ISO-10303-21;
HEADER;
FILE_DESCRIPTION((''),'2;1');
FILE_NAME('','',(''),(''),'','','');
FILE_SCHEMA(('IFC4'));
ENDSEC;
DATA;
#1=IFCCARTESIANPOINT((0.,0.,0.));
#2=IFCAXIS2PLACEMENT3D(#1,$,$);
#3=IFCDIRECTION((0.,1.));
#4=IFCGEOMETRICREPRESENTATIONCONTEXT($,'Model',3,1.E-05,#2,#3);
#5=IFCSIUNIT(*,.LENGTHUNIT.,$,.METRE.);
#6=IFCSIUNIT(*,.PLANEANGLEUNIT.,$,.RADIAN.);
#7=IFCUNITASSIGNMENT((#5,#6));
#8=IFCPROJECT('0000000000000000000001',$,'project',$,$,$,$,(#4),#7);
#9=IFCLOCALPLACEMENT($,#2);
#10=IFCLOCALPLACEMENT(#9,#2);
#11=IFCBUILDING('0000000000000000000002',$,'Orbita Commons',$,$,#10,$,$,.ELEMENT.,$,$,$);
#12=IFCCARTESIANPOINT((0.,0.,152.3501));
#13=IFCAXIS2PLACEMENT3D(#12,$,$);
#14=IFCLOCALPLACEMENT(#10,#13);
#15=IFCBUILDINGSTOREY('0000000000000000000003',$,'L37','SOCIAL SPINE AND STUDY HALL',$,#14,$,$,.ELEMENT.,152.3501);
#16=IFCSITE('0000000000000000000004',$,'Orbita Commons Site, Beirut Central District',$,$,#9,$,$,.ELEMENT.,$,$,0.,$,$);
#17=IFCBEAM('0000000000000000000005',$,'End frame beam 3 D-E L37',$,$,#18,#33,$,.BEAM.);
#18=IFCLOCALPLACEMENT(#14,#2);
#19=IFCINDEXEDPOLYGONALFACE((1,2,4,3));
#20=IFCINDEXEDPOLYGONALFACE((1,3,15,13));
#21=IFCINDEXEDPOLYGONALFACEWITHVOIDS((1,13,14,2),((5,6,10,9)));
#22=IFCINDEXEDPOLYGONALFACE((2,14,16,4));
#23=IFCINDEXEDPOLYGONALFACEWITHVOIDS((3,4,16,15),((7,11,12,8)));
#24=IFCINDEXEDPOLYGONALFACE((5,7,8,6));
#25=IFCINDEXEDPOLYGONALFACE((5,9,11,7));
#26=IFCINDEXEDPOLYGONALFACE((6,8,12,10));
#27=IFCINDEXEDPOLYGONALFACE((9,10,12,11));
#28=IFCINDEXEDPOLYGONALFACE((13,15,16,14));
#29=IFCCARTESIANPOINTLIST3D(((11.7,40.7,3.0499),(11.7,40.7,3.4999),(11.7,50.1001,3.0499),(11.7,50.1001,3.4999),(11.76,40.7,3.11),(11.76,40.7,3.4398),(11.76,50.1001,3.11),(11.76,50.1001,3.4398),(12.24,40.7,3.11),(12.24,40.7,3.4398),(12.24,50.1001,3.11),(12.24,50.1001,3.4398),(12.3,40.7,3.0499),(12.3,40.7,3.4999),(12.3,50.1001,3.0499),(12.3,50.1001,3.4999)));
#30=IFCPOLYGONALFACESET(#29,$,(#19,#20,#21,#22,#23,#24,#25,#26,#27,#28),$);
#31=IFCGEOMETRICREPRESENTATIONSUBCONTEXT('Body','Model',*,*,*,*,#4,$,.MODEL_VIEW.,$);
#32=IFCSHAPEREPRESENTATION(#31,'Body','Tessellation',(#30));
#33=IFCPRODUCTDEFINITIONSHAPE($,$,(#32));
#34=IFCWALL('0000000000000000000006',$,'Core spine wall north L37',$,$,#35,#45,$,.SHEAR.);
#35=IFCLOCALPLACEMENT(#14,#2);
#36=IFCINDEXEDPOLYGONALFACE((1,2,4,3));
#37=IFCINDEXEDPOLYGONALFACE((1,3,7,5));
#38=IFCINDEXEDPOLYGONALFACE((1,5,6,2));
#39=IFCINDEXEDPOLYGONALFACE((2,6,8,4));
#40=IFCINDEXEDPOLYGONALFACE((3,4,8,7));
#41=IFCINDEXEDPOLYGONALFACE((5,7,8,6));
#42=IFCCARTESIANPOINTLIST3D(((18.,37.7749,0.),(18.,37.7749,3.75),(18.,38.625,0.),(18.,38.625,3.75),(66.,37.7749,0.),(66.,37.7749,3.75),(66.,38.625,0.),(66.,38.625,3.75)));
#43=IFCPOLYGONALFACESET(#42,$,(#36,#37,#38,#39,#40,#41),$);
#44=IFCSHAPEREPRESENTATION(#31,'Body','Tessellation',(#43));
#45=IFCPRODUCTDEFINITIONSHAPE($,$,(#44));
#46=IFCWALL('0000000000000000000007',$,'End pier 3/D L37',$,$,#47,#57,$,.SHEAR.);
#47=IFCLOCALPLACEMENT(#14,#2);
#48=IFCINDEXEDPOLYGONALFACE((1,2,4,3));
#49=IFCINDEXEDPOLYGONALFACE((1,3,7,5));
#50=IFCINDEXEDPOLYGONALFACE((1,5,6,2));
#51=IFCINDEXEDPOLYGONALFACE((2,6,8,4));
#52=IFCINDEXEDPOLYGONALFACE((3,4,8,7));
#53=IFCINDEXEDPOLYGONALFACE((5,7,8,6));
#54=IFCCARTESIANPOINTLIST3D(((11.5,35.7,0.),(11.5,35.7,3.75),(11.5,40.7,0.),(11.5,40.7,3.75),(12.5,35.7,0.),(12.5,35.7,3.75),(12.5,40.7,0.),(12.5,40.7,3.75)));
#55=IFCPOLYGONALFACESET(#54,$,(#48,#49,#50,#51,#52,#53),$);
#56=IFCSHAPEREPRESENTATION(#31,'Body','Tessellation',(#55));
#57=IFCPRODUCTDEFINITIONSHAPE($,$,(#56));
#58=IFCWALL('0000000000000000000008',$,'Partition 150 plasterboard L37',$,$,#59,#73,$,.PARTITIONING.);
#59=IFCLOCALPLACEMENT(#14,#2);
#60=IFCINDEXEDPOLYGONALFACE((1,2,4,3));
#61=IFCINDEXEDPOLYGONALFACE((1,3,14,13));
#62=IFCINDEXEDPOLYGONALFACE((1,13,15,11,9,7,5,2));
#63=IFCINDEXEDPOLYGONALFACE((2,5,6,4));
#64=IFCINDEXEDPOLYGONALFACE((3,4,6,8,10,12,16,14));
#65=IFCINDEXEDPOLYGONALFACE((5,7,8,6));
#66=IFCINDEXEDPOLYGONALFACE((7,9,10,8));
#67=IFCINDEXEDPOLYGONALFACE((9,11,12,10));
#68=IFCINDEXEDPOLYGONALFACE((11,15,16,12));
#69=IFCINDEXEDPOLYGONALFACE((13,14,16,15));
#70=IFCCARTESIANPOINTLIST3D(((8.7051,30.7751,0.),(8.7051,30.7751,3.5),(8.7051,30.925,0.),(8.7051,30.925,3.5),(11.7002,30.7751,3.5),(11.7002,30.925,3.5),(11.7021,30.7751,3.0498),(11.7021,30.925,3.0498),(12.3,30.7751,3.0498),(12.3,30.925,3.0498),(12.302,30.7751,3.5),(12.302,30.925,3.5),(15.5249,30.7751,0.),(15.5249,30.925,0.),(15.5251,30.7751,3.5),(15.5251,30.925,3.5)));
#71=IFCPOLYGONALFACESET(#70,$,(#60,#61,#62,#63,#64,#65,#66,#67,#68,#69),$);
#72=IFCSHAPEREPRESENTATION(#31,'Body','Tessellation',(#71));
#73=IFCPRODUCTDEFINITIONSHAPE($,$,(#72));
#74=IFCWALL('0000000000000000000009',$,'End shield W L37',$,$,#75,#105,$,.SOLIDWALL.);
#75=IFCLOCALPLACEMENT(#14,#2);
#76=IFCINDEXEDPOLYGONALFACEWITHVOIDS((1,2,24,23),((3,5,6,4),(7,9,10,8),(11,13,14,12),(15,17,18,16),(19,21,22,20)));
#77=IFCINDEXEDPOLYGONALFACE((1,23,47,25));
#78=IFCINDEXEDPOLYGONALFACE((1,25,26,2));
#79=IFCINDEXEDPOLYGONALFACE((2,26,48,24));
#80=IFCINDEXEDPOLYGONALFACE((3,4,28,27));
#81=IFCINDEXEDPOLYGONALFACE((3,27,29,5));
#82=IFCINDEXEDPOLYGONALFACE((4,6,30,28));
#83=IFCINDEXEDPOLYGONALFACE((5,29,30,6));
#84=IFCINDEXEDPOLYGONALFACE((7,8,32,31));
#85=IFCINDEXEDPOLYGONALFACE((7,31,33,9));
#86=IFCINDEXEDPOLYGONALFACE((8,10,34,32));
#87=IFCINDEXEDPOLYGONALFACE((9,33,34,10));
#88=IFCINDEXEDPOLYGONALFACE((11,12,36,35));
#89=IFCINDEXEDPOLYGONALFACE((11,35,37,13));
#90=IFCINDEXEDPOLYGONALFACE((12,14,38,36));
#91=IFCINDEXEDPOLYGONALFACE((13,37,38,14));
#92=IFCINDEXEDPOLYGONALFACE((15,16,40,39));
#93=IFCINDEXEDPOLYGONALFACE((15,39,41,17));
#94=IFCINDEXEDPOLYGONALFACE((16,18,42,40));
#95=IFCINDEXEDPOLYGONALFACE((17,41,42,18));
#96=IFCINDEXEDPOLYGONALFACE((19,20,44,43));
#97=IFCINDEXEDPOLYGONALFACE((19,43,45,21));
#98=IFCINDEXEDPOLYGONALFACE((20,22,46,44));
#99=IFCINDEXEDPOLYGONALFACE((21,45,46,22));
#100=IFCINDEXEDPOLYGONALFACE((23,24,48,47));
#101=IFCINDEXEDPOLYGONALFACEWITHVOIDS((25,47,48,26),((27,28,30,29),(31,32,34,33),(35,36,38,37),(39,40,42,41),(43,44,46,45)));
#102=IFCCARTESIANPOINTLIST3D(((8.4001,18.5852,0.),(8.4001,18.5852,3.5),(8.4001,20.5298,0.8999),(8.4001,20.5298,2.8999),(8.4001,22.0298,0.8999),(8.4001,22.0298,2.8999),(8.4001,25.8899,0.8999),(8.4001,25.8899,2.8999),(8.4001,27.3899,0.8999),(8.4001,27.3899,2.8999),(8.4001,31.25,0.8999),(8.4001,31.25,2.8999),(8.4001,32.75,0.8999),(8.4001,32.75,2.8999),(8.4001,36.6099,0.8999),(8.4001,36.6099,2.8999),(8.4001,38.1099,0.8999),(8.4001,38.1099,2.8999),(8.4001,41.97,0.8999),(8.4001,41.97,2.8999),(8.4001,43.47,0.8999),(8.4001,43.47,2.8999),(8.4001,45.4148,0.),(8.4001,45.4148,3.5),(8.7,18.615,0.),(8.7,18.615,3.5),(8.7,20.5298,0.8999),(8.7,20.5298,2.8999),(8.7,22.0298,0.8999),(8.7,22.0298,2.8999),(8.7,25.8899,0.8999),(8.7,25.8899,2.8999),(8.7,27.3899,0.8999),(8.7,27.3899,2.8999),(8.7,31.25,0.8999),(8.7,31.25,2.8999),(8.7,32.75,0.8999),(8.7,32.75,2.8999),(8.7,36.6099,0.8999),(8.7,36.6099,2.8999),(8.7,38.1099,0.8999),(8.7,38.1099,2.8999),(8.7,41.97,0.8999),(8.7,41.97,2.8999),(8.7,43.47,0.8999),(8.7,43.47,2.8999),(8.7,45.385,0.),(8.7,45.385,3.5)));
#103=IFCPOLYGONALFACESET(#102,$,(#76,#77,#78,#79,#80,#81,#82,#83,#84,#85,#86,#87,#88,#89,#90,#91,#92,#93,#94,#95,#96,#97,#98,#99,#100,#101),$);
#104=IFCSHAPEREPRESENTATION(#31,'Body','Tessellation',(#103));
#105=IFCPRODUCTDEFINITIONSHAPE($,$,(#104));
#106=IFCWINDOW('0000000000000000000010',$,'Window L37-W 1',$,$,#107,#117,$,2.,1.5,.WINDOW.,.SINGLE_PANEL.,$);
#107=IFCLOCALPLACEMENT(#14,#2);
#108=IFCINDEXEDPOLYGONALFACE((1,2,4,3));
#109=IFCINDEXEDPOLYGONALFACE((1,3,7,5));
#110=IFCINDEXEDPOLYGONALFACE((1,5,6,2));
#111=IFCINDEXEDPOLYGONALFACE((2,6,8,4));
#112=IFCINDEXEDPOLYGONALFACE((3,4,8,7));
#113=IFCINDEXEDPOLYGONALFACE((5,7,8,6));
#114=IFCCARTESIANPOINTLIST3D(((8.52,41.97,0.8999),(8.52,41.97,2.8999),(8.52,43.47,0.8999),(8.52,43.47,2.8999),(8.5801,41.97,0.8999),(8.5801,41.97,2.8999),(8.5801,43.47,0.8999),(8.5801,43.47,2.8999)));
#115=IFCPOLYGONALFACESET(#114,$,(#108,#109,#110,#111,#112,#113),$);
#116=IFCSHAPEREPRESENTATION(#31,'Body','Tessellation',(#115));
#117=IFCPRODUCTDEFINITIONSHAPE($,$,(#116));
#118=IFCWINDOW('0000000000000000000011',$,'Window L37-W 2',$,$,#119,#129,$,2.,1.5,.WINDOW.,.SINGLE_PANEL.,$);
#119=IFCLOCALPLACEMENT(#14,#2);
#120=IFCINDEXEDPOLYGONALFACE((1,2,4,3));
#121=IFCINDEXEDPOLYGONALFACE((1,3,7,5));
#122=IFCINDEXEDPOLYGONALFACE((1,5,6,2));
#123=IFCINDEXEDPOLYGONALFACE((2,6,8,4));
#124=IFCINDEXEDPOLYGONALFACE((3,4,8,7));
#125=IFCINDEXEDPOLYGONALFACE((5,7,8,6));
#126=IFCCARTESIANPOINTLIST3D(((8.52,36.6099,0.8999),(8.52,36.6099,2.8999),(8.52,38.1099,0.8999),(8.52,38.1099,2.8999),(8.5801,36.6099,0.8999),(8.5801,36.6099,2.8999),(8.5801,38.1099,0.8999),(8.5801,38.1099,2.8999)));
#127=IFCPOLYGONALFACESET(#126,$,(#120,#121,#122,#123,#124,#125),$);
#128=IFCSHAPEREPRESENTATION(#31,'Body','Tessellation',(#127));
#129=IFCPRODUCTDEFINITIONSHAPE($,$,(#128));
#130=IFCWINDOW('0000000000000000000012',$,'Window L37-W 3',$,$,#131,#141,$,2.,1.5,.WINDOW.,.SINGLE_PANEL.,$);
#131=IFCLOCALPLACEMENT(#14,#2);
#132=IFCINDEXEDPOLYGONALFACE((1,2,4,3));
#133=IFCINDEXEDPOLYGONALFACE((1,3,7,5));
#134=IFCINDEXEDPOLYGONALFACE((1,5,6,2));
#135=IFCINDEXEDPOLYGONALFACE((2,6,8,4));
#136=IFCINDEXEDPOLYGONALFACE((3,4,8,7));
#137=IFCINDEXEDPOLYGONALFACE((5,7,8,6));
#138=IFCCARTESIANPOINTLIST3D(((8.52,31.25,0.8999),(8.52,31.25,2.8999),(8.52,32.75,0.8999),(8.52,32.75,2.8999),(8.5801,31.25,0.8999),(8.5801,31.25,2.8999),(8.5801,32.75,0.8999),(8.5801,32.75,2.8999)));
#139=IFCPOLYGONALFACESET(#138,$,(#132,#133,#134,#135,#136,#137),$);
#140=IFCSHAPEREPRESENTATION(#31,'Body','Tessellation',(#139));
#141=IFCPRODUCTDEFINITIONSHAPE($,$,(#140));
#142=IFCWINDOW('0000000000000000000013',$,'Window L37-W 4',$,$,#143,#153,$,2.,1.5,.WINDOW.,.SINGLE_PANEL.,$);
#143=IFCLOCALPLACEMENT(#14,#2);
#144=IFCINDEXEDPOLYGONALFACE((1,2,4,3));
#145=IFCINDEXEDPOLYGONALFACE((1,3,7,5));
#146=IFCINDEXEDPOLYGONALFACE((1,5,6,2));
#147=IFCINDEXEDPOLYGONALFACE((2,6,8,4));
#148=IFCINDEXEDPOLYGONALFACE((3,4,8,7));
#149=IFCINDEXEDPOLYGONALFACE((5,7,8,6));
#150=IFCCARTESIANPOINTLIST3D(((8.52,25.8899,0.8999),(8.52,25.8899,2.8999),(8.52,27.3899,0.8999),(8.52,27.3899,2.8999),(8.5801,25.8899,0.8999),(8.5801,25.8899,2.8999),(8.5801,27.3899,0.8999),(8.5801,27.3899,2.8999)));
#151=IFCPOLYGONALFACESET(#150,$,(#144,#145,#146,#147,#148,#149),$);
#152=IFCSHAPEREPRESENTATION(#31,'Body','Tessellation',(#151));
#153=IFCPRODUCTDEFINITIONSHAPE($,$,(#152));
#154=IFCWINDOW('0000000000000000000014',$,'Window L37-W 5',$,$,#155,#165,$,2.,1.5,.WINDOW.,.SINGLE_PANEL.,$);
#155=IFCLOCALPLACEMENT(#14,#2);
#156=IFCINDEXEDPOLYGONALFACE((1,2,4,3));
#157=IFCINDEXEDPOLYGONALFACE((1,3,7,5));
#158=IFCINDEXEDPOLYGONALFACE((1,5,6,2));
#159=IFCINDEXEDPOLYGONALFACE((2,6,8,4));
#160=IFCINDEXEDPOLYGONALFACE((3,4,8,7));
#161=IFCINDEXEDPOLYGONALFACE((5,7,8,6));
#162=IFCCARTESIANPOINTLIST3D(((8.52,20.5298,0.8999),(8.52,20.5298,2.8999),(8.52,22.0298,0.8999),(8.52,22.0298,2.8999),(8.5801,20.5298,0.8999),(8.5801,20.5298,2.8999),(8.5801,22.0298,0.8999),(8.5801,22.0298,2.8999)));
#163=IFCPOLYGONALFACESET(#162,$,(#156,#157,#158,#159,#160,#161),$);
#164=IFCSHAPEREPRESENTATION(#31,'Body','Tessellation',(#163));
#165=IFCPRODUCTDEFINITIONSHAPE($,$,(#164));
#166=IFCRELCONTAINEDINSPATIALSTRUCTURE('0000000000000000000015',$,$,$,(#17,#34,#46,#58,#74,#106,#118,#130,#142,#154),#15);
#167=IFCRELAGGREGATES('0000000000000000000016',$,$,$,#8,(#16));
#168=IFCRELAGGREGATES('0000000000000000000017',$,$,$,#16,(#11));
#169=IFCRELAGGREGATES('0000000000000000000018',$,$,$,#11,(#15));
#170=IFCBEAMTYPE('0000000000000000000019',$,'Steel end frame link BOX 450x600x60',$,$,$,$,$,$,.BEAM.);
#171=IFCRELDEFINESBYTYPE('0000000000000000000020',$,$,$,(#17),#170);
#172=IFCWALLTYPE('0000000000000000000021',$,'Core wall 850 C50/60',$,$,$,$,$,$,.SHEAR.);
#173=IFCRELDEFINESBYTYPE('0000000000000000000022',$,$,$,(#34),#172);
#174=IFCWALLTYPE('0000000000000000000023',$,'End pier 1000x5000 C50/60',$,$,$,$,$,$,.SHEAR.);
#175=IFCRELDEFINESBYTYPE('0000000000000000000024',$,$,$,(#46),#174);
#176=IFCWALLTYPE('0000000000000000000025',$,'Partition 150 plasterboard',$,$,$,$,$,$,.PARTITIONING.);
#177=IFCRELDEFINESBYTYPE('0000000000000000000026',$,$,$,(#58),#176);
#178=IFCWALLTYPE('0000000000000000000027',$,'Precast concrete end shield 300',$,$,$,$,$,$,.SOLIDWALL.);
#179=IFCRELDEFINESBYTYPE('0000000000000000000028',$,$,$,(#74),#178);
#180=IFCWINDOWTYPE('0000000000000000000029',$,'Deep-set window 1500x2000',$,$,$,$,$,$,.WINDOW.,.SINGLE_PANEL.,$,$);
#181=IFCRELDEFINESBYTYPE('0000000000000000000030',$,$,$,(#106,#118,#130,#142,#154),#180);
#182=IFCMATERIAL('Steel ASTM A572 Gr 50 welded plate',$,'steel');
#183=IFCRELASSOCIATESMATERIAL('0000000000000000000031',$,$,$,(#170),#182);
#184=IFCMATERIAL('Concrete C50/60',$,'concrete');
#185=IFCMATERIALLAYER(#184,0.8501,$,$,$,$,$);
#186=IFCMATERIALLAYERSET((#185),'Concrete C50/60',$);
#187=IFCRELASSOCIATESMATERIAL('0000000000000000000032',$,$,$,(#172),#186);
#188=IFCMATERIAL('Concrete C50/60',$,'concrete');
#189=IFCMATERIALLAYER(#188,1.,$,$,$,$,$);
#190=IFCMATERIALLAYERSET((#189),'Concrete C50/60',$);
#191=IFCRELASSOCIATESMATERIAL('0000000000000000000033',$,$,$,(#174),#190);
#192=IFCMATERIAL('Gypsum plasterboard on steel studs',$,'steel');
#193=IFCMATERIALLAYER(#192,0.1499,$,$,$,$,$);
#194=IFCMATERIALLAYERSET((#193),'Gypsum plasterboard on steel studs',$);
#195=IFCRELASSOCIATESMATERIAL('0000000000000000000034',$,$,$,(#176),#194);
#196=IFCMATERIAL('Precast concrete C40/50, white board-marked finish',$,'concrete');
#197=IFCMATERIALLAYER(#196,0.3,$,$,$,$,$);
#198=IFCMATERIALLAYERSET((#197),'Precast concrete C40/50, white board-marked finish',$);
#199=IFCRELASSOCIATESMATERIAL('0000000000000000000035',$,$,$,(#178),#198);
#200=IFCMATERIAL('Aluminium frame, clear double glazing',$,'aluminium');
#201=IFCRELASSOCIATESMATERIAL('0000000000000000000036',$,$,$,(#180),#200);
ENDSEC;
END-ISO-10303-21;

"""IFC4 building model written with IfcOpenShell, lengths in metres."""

from ifc_helpers import new_model, si_unit, direction, frame, frame_2d, origin, origin_2d, place, context, subcontext, project, spatial, polyline, rectangle, hollow_rectangle, outline, extrude, material, layer, layer_set, material_profile, profile_set, type_object, element, fill, save


model = new_model("IFC4")

# Units and contexts
model_context = context("Model", 3, precision=1e-05, world=origin(), true_north=direction((0.0, 1.0)))
body_context = subcontext(model_context, "Body", "Model", "MODEL_VIEW")
ifc_project = project(units=[si_unit("LENGTHUNIT", "METRE"), si_unit("PLANEANGLEUNIT", "RADIAN")], contexts=[model_context])

# Site, building, storey
site_placement = place(None, origin())
site = spatial("IfcSite", under=ifc_project, at=site_placement, Name="Orbita Commons Site, Beirut Central District", CompositionType="ELEMENT", RefElevation=0.0)
building_placement = place(site_placement, origin())
building = spatial("IfcBuilding", under=site, at=building_placement, Name="Orbita Commons", CompositionType="ELEMENT")
storey_placement = place(building_placement, frame((0.0, 0.0, 152.3501)))
storey = spatial("IfcBuildingStorey", under=building, at=storey_placement, Name="L37", Description="SOCIAL SPINE AND STUDY HALL", CompositionType="ELEMENT", Elevation=152.3501)

# Beam
ifc_material_1 = material(Name="Steel ASTM A572 Gr 50 welded plate", Category="steel")
ifc_material_profile = material_profile(ifc_material_1, hollow_rectangle(XDim=0.6001, YDim=0.45, WallThickness=0.0601, at=origin_2d()), Name="BOX 450x600x60")
ifc_profile_set = profile_set([ifc_material_profile], Name="Steel ASTM A572 Gr 50 welded plate")
beam_type = type_object("IfcBeamType", Name="Steel end frame link BOX 450x600x60", PredefinedType="BEAM", material=ifc_profile_set)
beam_placement = place(storey_placement, frame((12.0, 40.7, 3.2749), z_axis=(0.0, 1.0, 0.0), x_axis=(-1.0, 0.0, 0.0)))
element("IfcBeam", 1, at=beam_placement, inside=storey, type_object=beam_type, Name="End frame beam 3 D-E L37", PredefinedType="BEAM", context=body_context, shape_type="SweptSolid", body=[
    extrude(hollow_rectangle(XDim=0.6001, YDim=0.45, WallThickness=0.0601, at=origin_2d()), origin(), (0.0, 0.0, 1.0), 9.4001),
])

# Walls
ifc_material_2 = material(Name="Concrete C50/60", Category="concrete")
ifc_layer_1 = layer(ifc_material_2, 0.8501)
ifc_layer_set_1 = layer_set([ifc_layer_1], Name="Concrete C50/60")
wall_type_1 = type_object("IfcWallType", Name="Core wall 850 C50/60", PredefinedType="SHEAR", material=ifc_layer_set_1)
wall_1_placement = place(storey_placement, frame((18.0, 38.2, 0.0), z_axis=(0.0, 0.0, 1.0), x_axis=(1.0, 0.0, 0.0)))
element("IfcWall", 2, at=wall_1_placement, inside=storey, type_object=wall_type_1, Name="Core spine wall north L37", PredefinedType="SHEAR", context=body_context, shape_type="SweptSolid", body=[
    extrude(rectangle(XDim=48.0, YDim=0.8501, at=frame_2d((24.0, 0.0))), origin(), (0.0, 0.0, 1.0), 3.75),
])
ifc_material_3 = material(Name="Concrete C50/60", Category="concrete")
ifc_layer_2 = layer(ifc_material_3, 1.0)
ifc_layer_set_2 = layer_set([ifc_layer_2], Name="Concrete C50/60")
wall_type_2 = type_object("IfcWallType", Name="End pier 1000x5000 C50/60", PredefinedType="SHEAR", material=ifc_layer_set_2)
wall_2_placement = place(storey_placement, frame((12.0, 35.7, 0.0), z_axis=(0.0, 0.0, 1.0), x_axis=(0.0, 1.0, 0.0)))
element("IfcWall", 3, at=wall_2_placement, inside=storey, type_object=wall_type_2, Name="End pier 3/D L37", PredefinedType="SHEAR", context=body_context, shape_type="SweptSolid", body=[
    extrude(rectangle(XDim=5.0, YDim=1.0, at=frame_2d((2.5, 0.0))), origin(), (0.0, 0.0, 1.0), 3.75),
])
ifc_material_4 = material(Name="Gypsum plasterboard on steel studs", Category="steel")
ifc_layer_3 = layer(ifc_material_4, 0.1499)
ifc_layer_set_3 = layer_set([ifc_layer_3], Name="Gypsum plasterboard on steel studs")
wall_type_3 = type_object("IfcWallType", Name="Partition 150 plasterboard", PredefinedType="PARTITIONING", material=ifc_layer_set_3)
wall_3_placement = place(storey_placement, frame((8.7051, 30.8501, 0.0), z_axis=(0.0, 0.0, 1.0), x_axis=(1.0, 0.0, 0.0)))
element("IfcWall", 4, at=wall_3_placement, inside=storey, type_object=wall_type_3, Name="Partition 150 plasterboard L37", PredefinedType="PARTITIONING", context=body_context, shape_type="SweptSolid", body=[
    extrude(outline(polyline([(0.0, 0.0), (6.8198, 0.0), (6.8201, 3.5), (3.5969, 3.5), (3.595, 3.0498), (2.9971, 3.0498), (2.9951, 3.5), (0.0, 3.5), (0.0, 0.0)])), frame((0.0, 0.075, 0.0), z_axis=(0.0, -1.0, 0.0), x_axis=(1.0, 0.0, 0.0)), (0.0, 0.0, 1.0), 0.1499),
])

# Wall, openings, windows
ifc_material_5 = material(Name="Precast concrete C40/50, white board-marked finish", Category="concrete")
ifc_layer_4 = layer(ifc_material_5, 0.3)
ifc_layer_set_4 = layer_set([ifc_layer_4], Name="Precast concrete C40/50, white board-marked finish")
wall_type_4 = type_object("IfcWallType", Name="Precast concrete end shield 300", PredefinedType="SOLIDWALL", material=ifc_layer_set_4)
wall_4_placement = place(storey_placement, frame((8.55, 45.3999, 0.0), z_axis=(0.0, 0.0, 1.0), x_axis=(0.0, -1.0, 0.0)))
wall_4 = element("IfcWall", 5, at=wall_4_placement, inside=storey, type_object=wall_type_4, Name="End shield W L37", PredefinedType="SOLIDWALL", context=body_context, shape_type="SweptSolid", body=[
    extrude(outline(polyline([(-0.0149, -0.1499), (26.8147, -0.1499), (26.7849, 0.1499), (0.0149, 0.1499), (-0.0149, -0.1499)])), origin(), (0.0, 0.0, 1.0), 3.5),
])
opening_1_placement = place(wall_4_placement, frame((1.9299, 0.0, 0.8999)))
opening_1 = element("IfcOpeningElement", 6, at=opening_1_placement, cuts=wall_4, PredefinedType="OPENING", context=body_context, shape_type="SweptSolid", body=[
    extrude(rectangle(XDim=1.5, YDim=2.0, at=frame_2d((0.75, 1.0))), frame((0.0, 0.1599, 0.0), z_axis=(0.0, -1.0, 0.0), x_axis=(1.0, 0.0, 0.0)), (0.0, 0.0, 1.0), 0.3201),
])
opening_2_placement = place(wall_4_placement, frame((7.29, 0.0, 0.8999)))
opening_2 = element("IfcOpeningElement", 7, at=opening_2_placement, cuts=wall_4, PredefinedType="OPENING", context=body_context, shape_type="SweptSolid", body=[
    extrude(rectangle(XDim=1.5, YDim=2.0, at=frame_2d((0.75, 1.0))), frame((0.0, 0.1599, 0.0), z_axis=(0.0, -1.0, 0.0), x_axis=(1.0, 0.0, 0.0)), (0.0, 0.0, 1.0), 0.3201),
])
opening_3_placement = place(wall_4_placement, frame((12.6499, 0.0, 0.8999)))
opening_3 = element("IfcOpeningElement", 8, at=opening_3_placement, cuts=wall_4, PredefinedType="OPENING", context=body_context, shape_type="SweptSolid", body=[
    extrude(rectangle(XDim=1.5, YDim=2.0, at=frame_2d((0.75, 1.0))), frame((0.0, 0.1599, 0.0), z_axis=(0.0, -1.0, 0.0), x_axis=(1.0, 0.0, 0.0)), (0.0, 0.0, 1.0), 0.3201),
])
opening_4_placement = place(wall_4_placement, frame((18.01, 0.0, 0.8999)))
opening_4 = element("IfcOpeningElement", 9, at=opening_4_placement, cuts=wall_4, PredefinedType="OPENING", context=body_context, shape_type="SweptSolid", body=[
    extrude(rectangle(XDim=1.5, YDim=2.0, at=frame_2d((0.75, 1.0))), frame((0.0, 0.1599, 0.0), z_axis=(0.0, -1.0, 0.0), x_axis=(1.0, 0.0, 0.0)), (0.0, 0.0, 1.0), 0.3201),
])
opening_5_placement = place(wall_4_placement, frame((23.3701, 0.0, 0.8999)))
opening_5 = element("IfcOpeningElement", 10, at=opening_5_placement, cuts=wall_4, PredefinedType="OPENING", context=body_context, shape_type="SweptSolid", body=[
    extrude(rectangle(XDim=1.5, YDim=2.0, at=frame_2d((0.75, 1.0))), frame((0.0, 0.1599, 0.0), z_axis=(0.0, -1.0, 0.0), x_axis=(1.0, 0.0, 0.0)), (0.0, 0.0, 1.0), 0.3201),
])
ifc_material_6 = material(Name="Aluminium frame, clear double glazing", Category="aluminium")
window_type = type_object("IfcWindowType", Name="Deep-set window 1500x2000", PartitioningType="SINGLE_PANEL", PredefinedType="WINDOW", material=ifc_material_6)
window_1_placement = place(opening_1_placement, origin())
window_1 = element("IfcWindow", 11, at=window_1_placement, inside=storey, type_object=window_type, Name="Window L37-W 1", OverallHeight=2.0, OverallWidth=1.5, PartitioningType="SINGLE_PANEL", PredefinedType="WINDOW", context=body_context, shape_type="SweptSolid", body=[
    extrude(rectangle(XDim=1.5, YDim=2.0, at=frame_2d((0.75, 1.0))), frame((0.0, 0.03, 0.0), z_axis=(0.0, -1.0, 0.0), x_axis=(1.0, 0.0, 0.0)), (0.0, 0.0, 1.0), 0.0601),
])
fill(opening_1, window_1)
window_2_placement = place(opening_2_placement, origin())
window_2 = element("IfcWindow", 12, at=window_2_placement, inside=storey, type_object=window_type, Name="Window L37-W 2", OverallHeight=2.0, OverallWidth=1.5, PartitioningType="SINGLE_PANEL", PredefinedType="WINDOW", context=body_context, shape_type="SweptSolid", body=[
    extrude(rectangle(XDim=1.5, YDim=2.0, at=frame_2d((0.75, 1.0))), frame((0.0, 0.03, 0.0), z_axis=(0.0, -1.0, 0.0), x_axis=(1.0, 0.0, 0.0)), (0.0, 0.0, 1.0), 0.0601),
])
fill(opening_2, window_2)
window_3_placement = place(opening_3_placement, origin())
window_3 = element("IfcWindow", 13, at=window_3_placement, inside=storey, type_object=window_type, Name="Window L37-W 3", OverallHeight=2.0, OverallWidth=1.5, PartitioningType="SINGLE_PANEL", PredefinedType="WINDOW", context=body_context, shape_type="SweptSolid", body=[
    extrude(rectangle(XDim=1.5, YDim=2.0, at=frame_2d((0.75, 1.0))), frame((0.0, 0.03, 0.0), z_axis=(0.0, -1.0, 0.0), x_axis=(1.0, 0.0, 0.0)), (0.0, 0.0, 1.0), 0.0601),
])
fill(opening_3, window_3)
window_4_placement = place(opening_4_placement, origin())
window_4 = element("IfcWindow", 14, at=window_4_placement, inside=storey, type_object=window_type, Name="Window L37-W 4", OverallHeight=2.0, OverallWidth=1.5, PartitioningType="SINGLE_PANEL", PredefinedType="WINDOW", context=body_context, shape_type="SweptSolid", body=[
    extrude(rectangle(XDim=1.5, YDim=2.0, at=frame_2d((0.75, 1.0))), frame((0.0, 0.03, 0.0), z_axis=(0.0, -1.0, 0.0), x_axis=(1.0, 0.0, 0.0)), (0.0, 0.0, 1.0), 0.0601),
])
fill(opening_4, window_4)
window_5_placement = place(opening_5_placement, origin())
window_5 = element("IfcWindow", 15, at=window_5_placement, inside=storey, type_object=window_type, Name="Window L37-W 5", OverallHeight=2.0, OverallWidth=1.5, PartitioningType="SINGLE_PANEL", PredefinedType="WINDOW", context=body_context, shape_type="SweptSolid", body=[
    extrude(rectangle(XDim=1.5, YDim=2.0, at=frame_2d((0.75, 1.0))), frame((0.0, 0.03, 0.0), z_axis=(0.0, -1.0, 0.0), x_axis=(1.0, 0.0, 0.0)), (0.0, 0.0, 1.0), 0.0601),
])
fill(opening_5, window_5)

save(model, "model.ifc")
